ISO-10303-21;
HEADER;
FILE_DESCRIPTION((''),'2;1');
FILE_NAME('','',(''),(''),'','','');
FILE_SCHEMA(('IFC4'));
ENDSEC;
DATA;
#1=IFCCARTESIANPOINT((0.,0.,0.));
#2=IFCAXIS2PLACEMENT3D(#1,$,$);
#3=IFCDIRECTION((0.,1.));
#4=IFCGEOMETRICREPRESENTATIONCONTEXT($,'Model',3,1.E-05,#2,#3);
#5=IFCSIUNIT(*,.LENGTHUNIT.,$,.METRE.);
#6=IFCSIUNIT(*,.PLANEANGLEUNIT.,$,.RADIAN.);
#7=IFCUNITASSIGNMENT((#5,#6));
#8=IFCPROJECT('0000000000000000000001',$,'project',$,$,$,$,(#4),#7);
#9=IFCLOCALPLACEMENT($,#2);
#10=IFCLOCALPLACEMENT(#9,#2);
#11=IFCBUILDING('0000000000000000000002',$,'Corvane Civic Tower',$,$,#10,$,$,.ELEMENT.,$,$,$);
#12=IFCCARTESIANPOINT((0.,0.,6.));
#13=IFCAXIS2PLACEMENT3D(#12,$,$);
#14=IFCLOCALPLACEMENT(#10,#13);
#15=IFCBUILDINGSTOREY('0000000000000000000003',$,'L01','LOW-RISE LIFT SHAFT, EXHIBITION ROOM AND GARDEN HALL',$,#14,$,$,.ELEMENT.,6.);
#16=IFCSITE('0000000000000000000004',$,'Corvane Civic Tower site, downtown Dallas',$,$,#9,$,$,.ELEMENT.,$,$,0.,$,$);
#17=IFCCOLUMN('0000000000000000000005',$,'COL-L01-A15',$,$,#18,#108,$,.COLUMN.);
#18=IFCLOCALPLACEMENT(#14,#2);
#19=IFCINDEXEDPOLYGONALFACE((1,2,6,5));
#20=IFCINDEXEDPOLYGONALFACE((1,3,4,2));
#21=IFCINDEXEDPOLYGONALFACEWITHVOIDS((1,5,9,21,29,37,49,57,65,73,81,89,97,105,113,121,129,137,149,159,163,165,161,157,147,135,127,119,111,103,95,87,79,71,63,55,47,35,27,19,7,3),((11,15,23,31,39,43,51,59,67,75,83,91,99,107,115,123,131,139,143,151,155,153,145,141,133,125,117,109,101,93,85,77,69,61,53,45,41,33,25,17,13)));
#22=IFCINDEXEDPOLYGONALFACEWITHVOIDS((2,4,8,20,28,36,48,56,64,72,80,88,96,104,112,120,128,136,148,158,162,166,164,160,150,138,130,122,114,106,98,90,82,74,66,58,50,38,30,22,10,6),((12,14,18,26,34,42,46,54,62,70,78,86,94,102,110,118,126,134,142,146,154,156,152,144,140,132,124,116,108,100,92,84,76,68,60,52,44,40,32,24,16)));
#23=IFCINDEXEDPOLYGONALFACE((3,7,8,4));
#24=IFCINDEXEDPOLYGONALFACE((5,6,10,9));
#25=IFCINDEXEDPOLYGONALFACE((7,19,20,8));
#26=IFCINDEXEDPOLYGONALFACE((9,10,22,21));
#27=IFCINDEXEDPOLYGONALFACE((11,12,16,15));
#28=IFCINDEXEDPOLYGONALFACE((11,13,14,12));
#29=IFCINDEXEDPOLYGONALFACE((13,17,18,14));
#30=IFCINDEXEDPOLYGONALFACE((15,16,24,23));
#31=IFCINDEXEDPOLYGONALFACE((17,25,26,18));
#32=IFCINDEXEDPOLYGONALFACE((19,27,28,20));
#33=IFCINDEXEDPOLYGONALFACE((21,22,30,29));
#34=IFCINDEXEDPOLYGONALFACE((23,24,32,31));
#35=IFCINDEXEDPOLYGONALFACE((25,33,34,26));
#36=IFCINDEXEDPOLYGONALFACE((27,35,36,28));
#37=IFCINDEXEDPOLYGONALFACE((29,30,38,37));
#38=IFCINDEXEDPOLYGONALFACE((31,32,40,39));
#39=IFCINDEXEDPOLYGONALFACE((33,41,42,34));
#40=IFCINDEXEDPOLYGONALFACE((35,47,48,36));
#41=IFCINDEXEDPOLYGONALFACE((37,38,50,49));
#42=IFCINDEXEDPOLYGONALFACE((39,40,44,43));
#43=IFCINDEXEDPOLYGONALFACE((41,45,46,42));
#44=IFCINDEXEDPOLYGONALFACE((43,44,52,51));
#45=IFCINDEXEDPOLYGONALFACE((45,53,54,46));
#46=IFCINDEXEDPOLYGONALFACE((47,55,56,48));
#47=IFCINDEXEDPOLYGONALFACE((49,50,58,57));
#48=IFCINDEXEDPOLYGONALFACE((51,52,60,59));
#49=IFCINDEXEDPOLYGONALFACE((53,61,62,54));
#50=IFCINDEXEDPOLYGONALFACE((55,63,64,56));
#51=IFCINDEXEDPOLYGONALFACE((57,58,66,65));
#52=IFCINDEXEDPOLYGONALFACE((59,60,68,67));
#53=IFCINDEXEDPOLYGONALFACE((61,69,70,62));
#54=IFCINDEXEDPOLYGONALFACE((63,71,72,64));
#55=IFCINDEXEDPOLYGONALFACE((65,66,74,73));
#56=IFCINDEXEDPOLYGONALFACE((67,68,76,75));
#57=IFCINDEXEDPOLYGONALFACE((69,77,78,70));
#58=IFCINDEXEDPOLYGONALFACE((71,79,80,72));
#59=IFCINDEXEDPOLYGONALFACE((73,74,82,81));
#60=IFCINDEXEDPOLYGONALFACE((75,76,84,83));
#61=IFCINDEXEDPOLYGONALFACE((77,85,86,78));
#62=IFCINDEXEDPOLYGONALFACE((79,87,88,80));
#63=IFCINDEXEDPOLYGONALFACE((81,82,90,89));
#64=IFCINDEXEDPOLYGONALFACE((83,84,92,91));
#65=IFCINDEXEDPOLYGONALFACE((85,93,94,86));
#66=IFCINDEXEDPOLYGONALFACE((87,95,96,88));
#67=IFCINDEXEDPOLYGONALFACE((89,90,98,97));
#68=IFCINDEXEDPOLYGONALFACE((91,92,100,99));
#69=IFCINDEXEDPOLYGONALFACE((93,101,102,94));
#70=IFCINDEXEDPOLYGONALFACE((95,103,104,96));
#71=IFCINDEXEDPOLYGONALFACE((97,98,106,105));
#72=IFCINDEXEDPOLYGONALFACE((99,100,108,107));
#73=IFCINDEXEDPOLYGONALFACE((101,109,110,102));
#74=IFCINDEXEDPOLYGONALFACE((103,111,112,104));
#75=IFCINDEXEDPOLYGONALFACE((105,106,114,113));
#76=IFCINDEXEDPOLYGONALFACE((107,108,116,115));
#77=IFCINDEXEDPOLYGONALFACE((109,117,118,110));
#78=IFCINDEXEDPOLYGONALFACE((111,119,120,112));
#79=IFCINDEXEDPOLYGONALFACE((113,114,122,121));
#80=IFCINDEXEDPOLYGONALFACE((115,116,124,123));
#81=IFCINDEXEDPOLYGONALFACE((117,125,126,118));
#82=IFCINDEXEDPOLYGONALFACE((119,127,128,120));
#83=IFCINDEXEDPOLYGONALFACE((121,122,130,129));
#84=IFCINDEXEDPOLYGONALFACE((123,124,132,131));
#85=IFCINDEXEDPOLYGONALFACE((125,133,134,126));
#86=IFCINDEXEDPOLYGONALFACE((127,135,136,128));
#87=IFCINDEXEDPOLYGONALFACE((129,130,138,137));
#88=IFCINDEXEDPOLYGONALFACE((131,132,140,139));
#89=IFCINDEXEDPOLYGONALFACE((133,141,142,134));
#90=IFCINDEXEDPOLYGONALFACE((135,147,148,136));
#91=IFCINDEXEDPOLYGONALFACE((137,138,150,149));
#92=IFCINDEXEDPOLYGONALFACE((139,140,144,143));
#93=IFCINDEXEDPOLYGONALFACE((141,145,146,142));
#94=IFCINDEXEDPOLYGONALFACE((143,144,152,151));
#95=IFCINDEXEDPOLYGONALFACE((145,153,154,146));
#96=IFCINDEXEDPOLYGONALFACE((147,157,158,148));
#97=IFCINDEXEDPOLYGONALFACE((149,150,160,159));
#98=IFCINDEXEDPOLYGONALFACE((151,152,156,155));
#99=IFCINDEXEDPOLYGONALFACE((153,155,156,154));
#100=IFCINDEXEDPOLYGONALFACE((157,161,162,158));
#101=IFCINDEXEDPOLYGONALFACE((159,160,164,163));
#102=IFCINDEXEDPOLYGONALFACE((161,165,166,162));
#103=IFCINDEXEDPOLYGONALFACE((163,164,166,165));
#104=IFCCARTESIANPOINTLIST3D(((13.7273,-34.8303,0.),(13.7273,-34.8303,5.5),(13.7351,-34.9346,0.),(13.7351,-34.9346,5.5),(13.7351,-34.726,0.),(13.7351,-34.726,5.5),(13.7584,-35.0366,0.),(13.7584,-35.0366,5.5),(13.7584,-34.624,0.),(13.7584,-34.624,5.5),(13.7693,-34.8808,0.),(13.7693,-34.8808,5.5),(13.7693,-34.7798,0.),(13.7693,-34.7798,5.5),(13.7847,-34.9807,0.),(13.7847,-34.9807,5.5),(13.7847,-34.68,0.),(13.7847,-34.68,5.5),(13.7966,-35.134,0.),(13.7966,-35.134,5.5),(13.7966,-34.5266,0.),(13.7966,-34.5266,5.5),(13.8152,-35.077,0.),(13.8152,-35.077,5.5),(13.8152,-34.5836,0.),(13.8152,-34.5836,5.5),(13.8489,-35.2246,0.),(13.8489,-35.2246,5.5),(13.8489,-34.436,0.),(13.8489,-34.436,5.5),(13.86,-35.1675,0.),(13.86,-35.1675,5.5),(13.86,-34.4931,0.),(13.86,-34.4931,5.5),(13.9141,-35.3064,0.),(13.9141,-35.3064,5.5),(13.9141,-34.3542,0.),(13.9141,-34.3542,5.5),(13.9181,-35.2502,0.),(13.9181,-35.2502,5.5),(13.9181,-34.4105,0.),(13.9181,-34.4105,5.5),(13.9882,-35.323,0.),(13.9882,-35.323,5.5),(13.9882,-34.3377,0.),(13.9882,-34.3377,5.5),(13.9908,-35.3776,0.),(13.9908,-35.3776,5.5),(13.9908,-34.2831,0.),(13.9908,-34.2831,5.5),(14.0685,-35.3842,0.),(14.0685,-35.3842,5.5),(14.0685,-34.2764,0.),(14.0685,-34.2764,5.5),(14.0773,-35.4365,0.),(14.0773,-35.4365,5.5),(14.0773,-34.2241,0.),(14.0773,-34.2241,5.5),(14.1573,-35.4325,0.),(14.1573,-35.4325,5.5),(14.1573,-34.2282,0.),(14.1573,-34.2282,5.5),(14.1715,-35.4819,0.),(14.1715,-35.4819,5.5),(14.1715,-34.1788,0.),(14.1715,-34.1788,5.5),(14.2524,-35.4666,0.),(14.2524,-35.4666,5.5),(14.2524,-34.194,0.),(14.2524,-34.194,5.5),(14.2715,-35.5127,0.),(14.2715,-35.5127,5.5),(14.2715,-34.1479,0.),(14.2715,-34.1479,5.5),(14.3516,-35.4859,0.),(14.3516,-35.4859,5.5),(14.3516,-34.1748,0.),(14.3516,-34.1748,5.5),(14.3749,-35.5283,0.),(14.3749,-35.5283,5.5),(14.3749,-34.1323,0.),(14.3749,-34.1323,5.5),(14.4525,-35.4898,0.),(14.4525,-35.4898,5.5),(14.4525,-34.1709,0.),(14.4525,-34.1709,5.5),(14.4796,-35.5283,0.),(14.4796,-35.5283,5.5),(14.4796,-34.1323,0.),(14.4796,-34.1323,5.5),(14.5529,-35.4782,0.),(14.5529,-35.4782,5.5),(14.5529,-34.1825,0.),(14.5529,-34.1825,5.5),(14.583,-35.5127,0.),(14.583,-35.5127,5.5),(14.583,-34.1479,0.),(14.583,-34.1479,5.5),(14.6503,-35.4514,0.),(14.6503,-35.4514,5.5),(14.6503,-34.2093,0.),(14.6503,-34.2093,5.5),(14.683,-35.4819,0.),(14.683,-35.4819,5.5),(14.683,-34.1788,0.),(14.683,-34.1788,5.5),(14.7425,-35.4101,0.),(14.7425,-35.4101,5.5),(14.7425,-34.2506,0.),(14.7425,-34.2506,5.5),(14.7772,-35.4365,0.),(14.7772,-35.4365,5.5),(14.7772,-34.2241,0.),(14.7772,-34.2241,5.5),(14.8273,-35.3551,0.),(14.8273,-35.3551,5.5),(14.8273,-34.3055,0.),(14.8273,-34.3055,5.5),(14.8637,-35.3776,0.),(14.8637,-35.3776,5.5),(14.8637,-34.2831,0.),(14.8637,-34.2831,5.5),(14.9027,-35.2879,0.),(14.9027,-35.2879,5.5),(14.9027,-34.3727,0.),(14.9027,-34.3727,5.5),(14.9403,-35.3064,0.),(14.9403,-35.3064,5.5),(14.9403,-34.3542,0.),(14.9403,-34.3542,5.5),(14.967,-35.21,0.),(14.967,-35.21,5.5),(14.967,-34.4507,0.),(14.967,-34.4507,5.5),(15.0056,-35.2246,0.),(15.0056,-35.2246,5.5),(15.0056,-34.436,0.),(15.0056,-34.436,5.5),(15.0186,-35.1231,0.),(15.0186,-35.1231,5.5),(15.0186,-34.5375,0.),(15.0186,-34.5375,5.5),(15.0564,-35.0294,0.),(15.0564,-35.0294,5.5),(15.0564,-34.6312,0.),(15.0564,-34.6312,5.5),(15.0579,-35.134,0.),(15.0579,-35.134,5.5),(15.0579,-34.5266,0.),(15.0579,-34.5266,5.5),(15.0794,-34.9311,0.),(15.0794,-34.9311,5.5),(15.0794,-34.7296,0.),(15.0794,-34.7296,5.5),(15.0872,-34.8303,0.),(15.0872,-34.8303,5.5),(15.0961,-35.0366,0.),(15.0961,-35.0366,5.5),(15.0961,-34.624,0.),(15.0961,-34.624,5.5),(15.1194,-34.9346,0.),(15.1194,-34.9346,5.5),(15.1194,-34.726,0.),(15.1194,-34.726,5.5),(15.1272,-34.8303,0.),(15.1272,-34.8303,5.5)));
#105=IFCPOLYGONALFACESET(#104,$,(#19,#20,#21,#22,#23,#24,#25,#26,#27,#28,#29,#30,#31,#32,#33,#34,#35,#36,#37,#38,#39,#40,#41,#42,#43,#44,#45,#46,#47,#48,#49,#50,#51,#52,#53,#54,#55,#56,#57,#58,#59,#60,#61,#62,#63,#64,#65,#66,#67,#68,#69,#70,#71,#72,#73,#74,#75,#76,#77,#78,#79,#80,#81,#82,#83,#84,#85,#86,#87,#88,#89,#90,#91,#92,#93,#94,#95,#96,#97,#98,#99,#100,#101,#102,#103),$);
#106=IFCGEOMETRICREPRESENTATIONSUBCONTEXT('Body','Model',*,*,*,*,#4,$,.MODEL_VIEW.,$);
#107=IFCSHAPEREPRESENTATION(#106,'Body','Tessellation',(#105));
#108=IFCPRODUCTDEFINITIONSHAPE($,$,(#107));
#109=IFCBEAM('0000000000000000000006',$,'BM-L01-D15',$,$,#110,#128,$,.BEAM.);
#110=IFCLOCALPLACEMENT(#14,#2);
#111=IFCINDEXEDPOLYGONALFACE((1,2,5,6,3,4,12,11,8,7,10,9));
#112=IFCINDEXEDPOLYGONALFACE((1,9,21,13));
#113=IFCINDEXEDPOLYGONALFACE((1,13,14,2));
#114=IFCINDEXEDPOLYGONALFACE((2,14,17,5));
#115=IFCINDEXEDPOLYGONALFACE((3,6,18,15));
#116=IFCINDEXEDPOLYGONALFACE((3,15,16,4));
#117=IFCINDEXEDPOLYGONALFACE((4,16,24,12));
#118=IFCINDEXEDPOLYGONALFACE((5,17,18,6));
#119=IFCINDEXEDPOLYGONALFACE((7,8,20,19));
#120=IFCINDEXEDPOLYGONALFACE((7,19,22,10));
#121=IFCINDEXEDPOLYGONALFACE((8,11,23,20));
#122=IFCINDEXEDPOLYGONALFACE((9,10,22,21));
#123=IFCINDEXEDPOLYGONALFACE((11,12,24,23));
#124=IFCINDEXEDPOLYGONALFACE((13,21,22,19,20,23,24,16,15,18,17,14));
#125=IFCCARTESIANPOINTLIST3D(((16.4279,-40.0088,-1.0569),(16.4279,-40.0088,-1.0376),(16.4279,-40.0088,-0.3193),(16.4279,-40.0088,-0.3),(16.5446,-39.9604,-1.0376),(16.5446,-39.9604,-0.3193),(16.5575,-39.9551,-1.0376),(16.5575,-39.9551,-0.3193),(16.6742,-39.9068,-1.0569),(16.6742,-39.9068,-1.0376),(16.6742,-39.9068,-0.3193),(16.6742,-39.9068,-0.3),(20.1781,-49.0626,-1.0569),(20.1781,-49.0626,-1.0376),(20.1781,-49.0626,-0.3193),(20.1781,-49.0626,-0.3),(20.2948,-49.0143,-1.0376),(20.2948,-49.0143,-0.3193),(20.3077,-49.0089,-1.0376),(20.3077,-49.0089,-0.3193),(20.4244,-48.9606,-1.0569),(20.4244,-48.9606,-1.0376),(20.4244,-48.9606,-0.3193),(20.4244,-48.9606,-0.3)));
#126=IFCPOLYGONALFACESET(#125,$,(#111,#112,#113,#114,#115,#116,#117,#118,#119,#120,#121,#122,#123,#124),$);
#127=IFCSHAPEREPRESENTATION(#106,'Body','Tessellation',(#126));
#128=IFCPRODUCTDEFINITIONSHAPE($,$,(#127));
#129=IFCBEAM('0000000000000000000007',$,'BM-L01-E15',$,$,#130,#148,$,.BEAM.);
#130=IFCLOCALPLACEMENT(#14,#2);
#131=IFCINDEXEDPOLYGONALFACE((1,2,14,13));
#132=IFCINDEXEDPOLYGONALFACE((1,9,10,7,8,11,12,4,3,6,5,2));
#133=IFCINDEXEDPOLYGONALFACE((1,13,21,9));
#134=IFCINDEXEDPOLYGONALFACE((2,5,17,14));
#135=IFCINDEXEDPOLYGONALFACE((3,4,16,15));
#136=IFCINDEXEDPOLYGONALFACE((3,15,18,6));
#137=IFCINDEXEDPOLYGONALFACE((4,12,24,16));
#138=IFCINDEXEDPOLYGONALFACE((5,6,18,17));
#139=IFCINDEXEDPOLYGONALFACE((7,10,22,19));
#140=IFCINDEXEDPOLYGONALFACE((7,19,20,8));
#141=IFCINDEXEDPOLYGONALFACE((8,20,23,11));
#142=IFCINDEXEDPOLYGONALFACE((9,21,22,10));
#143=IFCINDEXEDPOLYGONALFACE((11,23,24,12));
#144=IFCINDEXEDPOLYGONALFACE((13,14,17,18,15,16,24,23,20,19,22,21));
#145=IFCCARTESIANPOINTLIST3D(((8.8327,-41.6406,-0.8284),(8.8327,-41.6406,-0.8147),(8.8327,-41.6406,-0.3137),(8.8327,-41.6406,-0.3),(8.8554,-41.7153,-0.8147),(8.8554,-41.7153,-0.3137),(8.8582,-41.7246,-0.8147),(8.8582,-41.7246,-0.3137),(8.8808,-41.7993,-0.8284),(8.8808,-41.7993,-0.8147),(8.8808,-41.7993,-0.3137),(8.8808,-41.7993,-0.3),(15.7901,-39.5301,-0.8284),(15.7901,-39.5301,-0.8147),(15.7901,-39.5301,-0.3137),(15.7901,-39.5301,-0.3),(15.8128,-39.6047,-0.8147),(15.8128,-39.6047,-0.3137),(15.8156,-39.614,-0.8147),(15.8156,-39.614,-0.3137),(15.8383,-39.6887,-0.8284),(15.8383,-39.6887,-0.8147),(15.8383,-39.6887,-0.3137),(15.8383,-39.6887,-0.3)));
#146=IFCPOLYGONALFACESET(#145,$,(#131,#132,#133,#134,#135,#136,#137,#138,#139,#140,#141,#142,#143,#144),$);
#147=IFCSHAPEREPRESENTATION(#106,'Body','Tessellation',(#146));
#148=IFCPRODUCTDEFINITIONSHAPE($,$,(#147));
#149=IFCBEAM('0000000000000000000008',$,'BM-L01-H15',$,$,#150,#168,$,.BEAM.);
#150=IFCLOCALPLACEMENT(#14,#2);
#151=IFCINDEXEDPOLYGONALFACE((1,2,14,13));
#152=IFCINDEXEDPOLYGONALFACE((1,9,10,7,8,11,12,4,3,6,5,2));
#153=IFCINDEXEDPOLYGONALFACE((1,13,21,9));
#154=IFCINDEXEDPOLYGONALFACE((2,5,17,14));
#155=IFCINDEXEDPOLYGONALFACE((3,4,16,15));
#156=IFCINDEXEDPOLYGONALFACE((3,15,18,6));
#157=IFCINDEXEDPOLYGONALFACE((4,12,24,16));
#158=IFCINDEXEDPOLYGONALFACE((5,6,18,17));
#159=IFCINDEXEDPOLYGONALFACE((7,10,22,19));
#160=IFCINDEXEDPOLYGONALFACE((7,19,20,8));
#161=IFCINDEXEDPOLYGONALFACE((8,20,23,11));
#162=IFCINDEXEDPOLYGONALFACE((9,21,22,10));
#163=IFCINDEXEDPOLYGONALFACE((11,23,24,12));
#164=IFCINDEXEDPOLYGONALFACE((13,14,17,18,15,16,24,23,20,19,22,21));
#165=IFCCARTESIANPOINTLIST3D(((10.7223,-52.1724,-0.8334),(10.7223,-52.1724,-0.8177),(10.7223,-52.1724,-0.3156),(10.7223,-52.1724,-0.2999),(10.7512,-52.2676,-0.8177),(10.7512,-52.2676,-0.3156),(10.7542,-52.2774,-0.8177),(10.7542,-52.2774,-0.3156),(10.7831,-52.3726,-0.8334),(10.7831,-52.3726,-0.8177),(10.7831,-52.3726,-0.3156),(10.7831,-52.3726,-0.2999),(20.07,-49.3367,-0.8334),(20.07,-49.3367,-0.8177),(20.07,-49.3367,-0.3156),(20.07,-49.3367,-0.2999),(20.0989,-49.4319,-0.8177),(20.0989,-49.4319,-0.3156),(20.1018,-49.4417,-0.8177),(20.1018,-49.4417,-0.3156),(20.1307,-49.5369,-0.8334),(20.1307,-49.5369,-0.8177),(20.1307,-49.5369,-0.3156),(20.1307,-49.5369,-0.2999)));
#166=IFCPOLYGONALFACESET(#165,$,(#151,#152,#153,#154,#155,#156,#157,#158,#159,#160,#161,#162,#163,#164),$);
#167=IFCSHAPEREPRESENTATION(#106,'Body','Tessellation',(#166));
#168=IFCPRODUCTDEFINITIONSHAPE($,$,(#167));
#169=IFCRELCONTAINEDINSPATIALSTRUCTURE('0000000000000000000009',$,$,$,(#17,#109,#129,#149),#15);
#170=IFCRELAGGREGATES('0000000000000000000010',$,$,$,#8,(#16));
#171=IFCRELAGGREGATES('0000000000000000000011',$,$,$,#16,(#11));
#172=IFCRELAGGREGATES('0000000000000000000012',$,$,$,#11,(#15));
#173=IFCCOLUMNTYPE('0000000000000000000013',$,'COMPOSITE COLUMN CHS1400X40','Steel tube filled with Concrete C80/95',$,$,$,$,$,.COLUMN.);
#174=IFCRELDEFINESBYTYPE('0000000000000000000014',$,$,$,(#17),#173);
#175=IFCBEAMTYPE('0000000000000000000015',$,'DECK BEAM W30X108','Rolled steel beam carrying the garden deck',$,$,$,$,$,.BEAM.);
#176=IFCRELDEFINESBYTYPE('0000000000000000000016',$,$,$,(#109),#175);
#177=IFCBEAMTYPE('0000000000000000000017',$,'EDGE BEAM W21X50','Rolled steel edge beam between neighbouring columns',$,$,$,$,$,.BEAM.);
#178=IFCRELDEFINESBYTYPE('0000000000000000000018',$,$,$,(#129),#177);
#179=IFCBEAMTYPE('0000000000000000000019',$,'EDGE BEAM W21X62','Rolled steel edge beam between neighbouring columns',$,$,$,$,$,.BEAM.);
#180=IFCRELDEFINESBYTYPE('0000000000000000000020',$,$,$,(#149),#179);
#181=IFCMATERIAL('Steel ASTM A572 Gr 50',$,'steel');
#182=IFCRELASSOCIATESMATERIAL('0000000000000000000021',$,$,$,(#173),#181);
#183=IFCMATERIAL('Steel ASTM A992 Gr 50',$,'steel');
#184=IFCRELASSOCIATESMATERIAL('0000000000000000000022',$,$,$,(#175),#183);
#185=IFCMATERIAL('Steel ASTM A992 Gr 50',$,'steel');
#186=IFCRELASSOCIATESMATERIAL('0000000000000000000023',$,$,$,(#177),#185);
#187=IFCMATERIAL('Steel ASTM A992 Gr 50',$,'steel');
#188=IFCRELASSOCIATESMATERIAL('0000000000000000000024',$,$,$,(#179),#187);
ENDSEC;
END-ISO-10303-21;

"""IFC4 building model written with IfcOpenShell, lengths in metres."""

from ifc_helpers import new_model, si_unit, direction, frame, origin, origin_2d, place, context, subcontext, project, spatial, hollow_circle, i_section, extrude, material, material_profile, profile_set, type_object, element, save


model = new_model("IFC4")

# Units and contexts
model_context = context("Model", 3, precision=1e-05, world=origin(), true_north=direction((0.0, 1.0)))
body_context = subcontext(model_context, "Body", "Model", "MODEL_VIEW")
ifc_project = project(units=[si_unit("LENGTHUNIT", "METRE"), si_unit("PLANEANGLEUNIT", "RADIAN")], contexts=[model_context])

# Site, building, storey
site_placement = place(None, origin())
site = spatial("IfcSite", under=ifc_project, at=site_placement, Name="Corvane Civic Tower site, downtown Dallas", CompositionType="ELEMENT", RefElevation=0.0)
building_placement = place(site_placement, origin())
building = spatial("IfcBuilding", under=site, at=building_placement, Name="Corvane Civic Tower", CompositionType="ELEMENT")
storey_placement = place(building_placement, frame((0.0, 0.0, 6.0)))
storey = spatial("IfcBuildingStorey", under=building, at=storey_placement, Name="L01", Description="LOW-RISE LIFT SHAFT, EXHIBITION ROOM AND GARDEN HALL", CompositionType="ELEMENT", Elevation=6.0)

# Column
ifc_material_1 = material(Name="Steel ASTM A572 Gr 50", Category="steel")
ifc_material_profile_1 = material_profile(ifc_material_1, hollow_circle(Radius=0.7, WallThickness=0.04, at=origin_2d()), Name="CHS1400X40")
ifc_profile_set_1 = profile_set([ifc_material_profile_1], Name="Steel ASTM A572 Gr 50")
column_type_1 = type_object("IfcColumnType", Name="COMPOSITE COLUMN CHS1400X40", Description="Steel tube filled with Concrete C80/95", PredefinedType="COLUMN", material=ifc_profile_set_1)
for number, where, z_axis, x_axis, name in (
    (1, (14.4272, -34.8303, 0.0), (0.0, 0.0, 1.0), (1.0, 0.0, 0.0), "COL-L01-A15"),
):
    element("IfcColumn", number, at=place(storey_placement, frame(where, z_axis=z_axis, x_axis=x_axis)), inside=storey, type_object=column_type_1, Name=name, PredefinedType="COLUMN", context=body_context, shape_type="SweptSolid", body=[
        extrude(hollow_circle(Radius=0.7, WallThickness=0.04, at=origin_2d()), origin(), (0.0, 0.0, 1.0), 5.5),
    ])

# Beams
ifc_material_2 = material(Name="Steel ASTM A992 Gr 50", Category="steel")
ifc_material_profile_2 = material_profile(ifc_material_2, i_section(OverallWidth=0.2666, OverallDepth=0.7568, WebThickness=0.0139, FlangeThickness=0.0193, at=origin_2d()), Name="W30X108")
ifc_profile_set_2 = profile_set([ifc_material_profile_2], Name="Steel ASTM A992 Gr 50")
beam_type_1 = type_object("IfcBeamType", Name="DECK BEAM W30X108", Description="Rolled steel beam carrying the garden deck", PredefinedType="BEAM", material=ifc_profile_set_2)
beam_1_placement = place(storey_placement, frame((16.551, -39.9578, -0.6785), z_axis=(0.382681, -0.923881, 0.0), x_axis=(0.923881, 0.382681, 0.0)))
element("IfcBeam", 2, at=beam_1_placement, inside=storey, type_object=beam_type_1, Name="BM-L01-D15", PredefinedType="BEAM", context=body_context, shape_type="SweptSolid", body=[
    extrude(i_section(OverallWidth=0.2666, OverallDepth=0.7568, WebThickness=0.0139, FlangeThickness=0.0193, at=origin_2d()), origin(), (0.0, 0.0, 1.0), 9.7998),
])
ifc_material_3 = material(Name="Steel ASTM A992 Gr 50", Category="steel")
ifc_material_profile_3 = material_profile(ifc_material_3, i_section(OverallWidth=0.1658, OverallDepth=0.5283, WebThickness=0.0098, FlangeThickness=0.0137, at=origin_2d()), Name="W21X50")
ifc_profile_set_3 = profile_set([ifc_material_profile_3], Name="Steel ASTM A992 Gr 50")
beam_type_2 = type_object("IfcBeamType", Name="EDGE BEAM W21X50", Description="Rolled steel edge beam between neighbouring columns", PredefinedType="BEAM", material=ifc_profile_set_3)
beam_2_placement = place(storey_placement, frame((15.8142, -39.6094, -0.5642), z_axis=(-0.956938, -0.290292, 0.0), x_axis=(0.290292, -0.956938, 0.0)))
element("IfcBeam", 3, at=beam_2_placement, inside=storey, type_object=beam_type_2, Name="BM-L01-E15", PredefinedType="BEAM", context=body_context, shape_type="SweptSolid", body=[
    extrude(i_section(OverallWidth=0.1658, OverallDepth=0.5283, WebThickness=0.0098, FlangeThickness=0.0137, at=origin_2d()), origin(), (0.0, 0.0, 1.0), 7.2705),
])
ifc_material_4 = material(Name="Steel ASTM A992 Gr 50", Category="steel")
ifc_material_profile_4 = material_profile(ifc_material_4, i_section(OverallWidth=0.2092, OverallDepth=0.5334, WebThickness=0.0103, FlangeThickness=0.0156, at=origin_2d()), Name="W21X62")
ifc_profile_set_4 = profile_set([ifc_material_profile_4], Name="Steel ASTM A992 Gr 50")
beam_type_3 = type_object("IfcBeamType", Name="EDGE BEAM W21X62", Description="Rolled steel edge beam between neighbouring columns", PredefinedType="BEAM", material=ifc_profile_set_4)
beam_3_placement = place(storey_placement, frame((20.1003, -49.4368, -0.5667), z_axis=(-0.956937, -0.290295, 0.0), x_axis=(0.290295, -0.956937, 0.0)))
element("IfcBeam", 4, at=beam_3_placement, inside=storey, type_object=beam_type_3, Name="BM-L01-H15", PredefinedType="BEAM", context=body_context, shape_type="SweptSolid", body=[
    extrude(i_section(OverallWidth=0.2092, OverallDepth=0.5334, WebThickness=0.0103, FlangeThickness=0.0156, at=origin_2d()), origin(), (0.0, 0.0, 1.0), 9.7683),
])

save(model, "model.ifc")
